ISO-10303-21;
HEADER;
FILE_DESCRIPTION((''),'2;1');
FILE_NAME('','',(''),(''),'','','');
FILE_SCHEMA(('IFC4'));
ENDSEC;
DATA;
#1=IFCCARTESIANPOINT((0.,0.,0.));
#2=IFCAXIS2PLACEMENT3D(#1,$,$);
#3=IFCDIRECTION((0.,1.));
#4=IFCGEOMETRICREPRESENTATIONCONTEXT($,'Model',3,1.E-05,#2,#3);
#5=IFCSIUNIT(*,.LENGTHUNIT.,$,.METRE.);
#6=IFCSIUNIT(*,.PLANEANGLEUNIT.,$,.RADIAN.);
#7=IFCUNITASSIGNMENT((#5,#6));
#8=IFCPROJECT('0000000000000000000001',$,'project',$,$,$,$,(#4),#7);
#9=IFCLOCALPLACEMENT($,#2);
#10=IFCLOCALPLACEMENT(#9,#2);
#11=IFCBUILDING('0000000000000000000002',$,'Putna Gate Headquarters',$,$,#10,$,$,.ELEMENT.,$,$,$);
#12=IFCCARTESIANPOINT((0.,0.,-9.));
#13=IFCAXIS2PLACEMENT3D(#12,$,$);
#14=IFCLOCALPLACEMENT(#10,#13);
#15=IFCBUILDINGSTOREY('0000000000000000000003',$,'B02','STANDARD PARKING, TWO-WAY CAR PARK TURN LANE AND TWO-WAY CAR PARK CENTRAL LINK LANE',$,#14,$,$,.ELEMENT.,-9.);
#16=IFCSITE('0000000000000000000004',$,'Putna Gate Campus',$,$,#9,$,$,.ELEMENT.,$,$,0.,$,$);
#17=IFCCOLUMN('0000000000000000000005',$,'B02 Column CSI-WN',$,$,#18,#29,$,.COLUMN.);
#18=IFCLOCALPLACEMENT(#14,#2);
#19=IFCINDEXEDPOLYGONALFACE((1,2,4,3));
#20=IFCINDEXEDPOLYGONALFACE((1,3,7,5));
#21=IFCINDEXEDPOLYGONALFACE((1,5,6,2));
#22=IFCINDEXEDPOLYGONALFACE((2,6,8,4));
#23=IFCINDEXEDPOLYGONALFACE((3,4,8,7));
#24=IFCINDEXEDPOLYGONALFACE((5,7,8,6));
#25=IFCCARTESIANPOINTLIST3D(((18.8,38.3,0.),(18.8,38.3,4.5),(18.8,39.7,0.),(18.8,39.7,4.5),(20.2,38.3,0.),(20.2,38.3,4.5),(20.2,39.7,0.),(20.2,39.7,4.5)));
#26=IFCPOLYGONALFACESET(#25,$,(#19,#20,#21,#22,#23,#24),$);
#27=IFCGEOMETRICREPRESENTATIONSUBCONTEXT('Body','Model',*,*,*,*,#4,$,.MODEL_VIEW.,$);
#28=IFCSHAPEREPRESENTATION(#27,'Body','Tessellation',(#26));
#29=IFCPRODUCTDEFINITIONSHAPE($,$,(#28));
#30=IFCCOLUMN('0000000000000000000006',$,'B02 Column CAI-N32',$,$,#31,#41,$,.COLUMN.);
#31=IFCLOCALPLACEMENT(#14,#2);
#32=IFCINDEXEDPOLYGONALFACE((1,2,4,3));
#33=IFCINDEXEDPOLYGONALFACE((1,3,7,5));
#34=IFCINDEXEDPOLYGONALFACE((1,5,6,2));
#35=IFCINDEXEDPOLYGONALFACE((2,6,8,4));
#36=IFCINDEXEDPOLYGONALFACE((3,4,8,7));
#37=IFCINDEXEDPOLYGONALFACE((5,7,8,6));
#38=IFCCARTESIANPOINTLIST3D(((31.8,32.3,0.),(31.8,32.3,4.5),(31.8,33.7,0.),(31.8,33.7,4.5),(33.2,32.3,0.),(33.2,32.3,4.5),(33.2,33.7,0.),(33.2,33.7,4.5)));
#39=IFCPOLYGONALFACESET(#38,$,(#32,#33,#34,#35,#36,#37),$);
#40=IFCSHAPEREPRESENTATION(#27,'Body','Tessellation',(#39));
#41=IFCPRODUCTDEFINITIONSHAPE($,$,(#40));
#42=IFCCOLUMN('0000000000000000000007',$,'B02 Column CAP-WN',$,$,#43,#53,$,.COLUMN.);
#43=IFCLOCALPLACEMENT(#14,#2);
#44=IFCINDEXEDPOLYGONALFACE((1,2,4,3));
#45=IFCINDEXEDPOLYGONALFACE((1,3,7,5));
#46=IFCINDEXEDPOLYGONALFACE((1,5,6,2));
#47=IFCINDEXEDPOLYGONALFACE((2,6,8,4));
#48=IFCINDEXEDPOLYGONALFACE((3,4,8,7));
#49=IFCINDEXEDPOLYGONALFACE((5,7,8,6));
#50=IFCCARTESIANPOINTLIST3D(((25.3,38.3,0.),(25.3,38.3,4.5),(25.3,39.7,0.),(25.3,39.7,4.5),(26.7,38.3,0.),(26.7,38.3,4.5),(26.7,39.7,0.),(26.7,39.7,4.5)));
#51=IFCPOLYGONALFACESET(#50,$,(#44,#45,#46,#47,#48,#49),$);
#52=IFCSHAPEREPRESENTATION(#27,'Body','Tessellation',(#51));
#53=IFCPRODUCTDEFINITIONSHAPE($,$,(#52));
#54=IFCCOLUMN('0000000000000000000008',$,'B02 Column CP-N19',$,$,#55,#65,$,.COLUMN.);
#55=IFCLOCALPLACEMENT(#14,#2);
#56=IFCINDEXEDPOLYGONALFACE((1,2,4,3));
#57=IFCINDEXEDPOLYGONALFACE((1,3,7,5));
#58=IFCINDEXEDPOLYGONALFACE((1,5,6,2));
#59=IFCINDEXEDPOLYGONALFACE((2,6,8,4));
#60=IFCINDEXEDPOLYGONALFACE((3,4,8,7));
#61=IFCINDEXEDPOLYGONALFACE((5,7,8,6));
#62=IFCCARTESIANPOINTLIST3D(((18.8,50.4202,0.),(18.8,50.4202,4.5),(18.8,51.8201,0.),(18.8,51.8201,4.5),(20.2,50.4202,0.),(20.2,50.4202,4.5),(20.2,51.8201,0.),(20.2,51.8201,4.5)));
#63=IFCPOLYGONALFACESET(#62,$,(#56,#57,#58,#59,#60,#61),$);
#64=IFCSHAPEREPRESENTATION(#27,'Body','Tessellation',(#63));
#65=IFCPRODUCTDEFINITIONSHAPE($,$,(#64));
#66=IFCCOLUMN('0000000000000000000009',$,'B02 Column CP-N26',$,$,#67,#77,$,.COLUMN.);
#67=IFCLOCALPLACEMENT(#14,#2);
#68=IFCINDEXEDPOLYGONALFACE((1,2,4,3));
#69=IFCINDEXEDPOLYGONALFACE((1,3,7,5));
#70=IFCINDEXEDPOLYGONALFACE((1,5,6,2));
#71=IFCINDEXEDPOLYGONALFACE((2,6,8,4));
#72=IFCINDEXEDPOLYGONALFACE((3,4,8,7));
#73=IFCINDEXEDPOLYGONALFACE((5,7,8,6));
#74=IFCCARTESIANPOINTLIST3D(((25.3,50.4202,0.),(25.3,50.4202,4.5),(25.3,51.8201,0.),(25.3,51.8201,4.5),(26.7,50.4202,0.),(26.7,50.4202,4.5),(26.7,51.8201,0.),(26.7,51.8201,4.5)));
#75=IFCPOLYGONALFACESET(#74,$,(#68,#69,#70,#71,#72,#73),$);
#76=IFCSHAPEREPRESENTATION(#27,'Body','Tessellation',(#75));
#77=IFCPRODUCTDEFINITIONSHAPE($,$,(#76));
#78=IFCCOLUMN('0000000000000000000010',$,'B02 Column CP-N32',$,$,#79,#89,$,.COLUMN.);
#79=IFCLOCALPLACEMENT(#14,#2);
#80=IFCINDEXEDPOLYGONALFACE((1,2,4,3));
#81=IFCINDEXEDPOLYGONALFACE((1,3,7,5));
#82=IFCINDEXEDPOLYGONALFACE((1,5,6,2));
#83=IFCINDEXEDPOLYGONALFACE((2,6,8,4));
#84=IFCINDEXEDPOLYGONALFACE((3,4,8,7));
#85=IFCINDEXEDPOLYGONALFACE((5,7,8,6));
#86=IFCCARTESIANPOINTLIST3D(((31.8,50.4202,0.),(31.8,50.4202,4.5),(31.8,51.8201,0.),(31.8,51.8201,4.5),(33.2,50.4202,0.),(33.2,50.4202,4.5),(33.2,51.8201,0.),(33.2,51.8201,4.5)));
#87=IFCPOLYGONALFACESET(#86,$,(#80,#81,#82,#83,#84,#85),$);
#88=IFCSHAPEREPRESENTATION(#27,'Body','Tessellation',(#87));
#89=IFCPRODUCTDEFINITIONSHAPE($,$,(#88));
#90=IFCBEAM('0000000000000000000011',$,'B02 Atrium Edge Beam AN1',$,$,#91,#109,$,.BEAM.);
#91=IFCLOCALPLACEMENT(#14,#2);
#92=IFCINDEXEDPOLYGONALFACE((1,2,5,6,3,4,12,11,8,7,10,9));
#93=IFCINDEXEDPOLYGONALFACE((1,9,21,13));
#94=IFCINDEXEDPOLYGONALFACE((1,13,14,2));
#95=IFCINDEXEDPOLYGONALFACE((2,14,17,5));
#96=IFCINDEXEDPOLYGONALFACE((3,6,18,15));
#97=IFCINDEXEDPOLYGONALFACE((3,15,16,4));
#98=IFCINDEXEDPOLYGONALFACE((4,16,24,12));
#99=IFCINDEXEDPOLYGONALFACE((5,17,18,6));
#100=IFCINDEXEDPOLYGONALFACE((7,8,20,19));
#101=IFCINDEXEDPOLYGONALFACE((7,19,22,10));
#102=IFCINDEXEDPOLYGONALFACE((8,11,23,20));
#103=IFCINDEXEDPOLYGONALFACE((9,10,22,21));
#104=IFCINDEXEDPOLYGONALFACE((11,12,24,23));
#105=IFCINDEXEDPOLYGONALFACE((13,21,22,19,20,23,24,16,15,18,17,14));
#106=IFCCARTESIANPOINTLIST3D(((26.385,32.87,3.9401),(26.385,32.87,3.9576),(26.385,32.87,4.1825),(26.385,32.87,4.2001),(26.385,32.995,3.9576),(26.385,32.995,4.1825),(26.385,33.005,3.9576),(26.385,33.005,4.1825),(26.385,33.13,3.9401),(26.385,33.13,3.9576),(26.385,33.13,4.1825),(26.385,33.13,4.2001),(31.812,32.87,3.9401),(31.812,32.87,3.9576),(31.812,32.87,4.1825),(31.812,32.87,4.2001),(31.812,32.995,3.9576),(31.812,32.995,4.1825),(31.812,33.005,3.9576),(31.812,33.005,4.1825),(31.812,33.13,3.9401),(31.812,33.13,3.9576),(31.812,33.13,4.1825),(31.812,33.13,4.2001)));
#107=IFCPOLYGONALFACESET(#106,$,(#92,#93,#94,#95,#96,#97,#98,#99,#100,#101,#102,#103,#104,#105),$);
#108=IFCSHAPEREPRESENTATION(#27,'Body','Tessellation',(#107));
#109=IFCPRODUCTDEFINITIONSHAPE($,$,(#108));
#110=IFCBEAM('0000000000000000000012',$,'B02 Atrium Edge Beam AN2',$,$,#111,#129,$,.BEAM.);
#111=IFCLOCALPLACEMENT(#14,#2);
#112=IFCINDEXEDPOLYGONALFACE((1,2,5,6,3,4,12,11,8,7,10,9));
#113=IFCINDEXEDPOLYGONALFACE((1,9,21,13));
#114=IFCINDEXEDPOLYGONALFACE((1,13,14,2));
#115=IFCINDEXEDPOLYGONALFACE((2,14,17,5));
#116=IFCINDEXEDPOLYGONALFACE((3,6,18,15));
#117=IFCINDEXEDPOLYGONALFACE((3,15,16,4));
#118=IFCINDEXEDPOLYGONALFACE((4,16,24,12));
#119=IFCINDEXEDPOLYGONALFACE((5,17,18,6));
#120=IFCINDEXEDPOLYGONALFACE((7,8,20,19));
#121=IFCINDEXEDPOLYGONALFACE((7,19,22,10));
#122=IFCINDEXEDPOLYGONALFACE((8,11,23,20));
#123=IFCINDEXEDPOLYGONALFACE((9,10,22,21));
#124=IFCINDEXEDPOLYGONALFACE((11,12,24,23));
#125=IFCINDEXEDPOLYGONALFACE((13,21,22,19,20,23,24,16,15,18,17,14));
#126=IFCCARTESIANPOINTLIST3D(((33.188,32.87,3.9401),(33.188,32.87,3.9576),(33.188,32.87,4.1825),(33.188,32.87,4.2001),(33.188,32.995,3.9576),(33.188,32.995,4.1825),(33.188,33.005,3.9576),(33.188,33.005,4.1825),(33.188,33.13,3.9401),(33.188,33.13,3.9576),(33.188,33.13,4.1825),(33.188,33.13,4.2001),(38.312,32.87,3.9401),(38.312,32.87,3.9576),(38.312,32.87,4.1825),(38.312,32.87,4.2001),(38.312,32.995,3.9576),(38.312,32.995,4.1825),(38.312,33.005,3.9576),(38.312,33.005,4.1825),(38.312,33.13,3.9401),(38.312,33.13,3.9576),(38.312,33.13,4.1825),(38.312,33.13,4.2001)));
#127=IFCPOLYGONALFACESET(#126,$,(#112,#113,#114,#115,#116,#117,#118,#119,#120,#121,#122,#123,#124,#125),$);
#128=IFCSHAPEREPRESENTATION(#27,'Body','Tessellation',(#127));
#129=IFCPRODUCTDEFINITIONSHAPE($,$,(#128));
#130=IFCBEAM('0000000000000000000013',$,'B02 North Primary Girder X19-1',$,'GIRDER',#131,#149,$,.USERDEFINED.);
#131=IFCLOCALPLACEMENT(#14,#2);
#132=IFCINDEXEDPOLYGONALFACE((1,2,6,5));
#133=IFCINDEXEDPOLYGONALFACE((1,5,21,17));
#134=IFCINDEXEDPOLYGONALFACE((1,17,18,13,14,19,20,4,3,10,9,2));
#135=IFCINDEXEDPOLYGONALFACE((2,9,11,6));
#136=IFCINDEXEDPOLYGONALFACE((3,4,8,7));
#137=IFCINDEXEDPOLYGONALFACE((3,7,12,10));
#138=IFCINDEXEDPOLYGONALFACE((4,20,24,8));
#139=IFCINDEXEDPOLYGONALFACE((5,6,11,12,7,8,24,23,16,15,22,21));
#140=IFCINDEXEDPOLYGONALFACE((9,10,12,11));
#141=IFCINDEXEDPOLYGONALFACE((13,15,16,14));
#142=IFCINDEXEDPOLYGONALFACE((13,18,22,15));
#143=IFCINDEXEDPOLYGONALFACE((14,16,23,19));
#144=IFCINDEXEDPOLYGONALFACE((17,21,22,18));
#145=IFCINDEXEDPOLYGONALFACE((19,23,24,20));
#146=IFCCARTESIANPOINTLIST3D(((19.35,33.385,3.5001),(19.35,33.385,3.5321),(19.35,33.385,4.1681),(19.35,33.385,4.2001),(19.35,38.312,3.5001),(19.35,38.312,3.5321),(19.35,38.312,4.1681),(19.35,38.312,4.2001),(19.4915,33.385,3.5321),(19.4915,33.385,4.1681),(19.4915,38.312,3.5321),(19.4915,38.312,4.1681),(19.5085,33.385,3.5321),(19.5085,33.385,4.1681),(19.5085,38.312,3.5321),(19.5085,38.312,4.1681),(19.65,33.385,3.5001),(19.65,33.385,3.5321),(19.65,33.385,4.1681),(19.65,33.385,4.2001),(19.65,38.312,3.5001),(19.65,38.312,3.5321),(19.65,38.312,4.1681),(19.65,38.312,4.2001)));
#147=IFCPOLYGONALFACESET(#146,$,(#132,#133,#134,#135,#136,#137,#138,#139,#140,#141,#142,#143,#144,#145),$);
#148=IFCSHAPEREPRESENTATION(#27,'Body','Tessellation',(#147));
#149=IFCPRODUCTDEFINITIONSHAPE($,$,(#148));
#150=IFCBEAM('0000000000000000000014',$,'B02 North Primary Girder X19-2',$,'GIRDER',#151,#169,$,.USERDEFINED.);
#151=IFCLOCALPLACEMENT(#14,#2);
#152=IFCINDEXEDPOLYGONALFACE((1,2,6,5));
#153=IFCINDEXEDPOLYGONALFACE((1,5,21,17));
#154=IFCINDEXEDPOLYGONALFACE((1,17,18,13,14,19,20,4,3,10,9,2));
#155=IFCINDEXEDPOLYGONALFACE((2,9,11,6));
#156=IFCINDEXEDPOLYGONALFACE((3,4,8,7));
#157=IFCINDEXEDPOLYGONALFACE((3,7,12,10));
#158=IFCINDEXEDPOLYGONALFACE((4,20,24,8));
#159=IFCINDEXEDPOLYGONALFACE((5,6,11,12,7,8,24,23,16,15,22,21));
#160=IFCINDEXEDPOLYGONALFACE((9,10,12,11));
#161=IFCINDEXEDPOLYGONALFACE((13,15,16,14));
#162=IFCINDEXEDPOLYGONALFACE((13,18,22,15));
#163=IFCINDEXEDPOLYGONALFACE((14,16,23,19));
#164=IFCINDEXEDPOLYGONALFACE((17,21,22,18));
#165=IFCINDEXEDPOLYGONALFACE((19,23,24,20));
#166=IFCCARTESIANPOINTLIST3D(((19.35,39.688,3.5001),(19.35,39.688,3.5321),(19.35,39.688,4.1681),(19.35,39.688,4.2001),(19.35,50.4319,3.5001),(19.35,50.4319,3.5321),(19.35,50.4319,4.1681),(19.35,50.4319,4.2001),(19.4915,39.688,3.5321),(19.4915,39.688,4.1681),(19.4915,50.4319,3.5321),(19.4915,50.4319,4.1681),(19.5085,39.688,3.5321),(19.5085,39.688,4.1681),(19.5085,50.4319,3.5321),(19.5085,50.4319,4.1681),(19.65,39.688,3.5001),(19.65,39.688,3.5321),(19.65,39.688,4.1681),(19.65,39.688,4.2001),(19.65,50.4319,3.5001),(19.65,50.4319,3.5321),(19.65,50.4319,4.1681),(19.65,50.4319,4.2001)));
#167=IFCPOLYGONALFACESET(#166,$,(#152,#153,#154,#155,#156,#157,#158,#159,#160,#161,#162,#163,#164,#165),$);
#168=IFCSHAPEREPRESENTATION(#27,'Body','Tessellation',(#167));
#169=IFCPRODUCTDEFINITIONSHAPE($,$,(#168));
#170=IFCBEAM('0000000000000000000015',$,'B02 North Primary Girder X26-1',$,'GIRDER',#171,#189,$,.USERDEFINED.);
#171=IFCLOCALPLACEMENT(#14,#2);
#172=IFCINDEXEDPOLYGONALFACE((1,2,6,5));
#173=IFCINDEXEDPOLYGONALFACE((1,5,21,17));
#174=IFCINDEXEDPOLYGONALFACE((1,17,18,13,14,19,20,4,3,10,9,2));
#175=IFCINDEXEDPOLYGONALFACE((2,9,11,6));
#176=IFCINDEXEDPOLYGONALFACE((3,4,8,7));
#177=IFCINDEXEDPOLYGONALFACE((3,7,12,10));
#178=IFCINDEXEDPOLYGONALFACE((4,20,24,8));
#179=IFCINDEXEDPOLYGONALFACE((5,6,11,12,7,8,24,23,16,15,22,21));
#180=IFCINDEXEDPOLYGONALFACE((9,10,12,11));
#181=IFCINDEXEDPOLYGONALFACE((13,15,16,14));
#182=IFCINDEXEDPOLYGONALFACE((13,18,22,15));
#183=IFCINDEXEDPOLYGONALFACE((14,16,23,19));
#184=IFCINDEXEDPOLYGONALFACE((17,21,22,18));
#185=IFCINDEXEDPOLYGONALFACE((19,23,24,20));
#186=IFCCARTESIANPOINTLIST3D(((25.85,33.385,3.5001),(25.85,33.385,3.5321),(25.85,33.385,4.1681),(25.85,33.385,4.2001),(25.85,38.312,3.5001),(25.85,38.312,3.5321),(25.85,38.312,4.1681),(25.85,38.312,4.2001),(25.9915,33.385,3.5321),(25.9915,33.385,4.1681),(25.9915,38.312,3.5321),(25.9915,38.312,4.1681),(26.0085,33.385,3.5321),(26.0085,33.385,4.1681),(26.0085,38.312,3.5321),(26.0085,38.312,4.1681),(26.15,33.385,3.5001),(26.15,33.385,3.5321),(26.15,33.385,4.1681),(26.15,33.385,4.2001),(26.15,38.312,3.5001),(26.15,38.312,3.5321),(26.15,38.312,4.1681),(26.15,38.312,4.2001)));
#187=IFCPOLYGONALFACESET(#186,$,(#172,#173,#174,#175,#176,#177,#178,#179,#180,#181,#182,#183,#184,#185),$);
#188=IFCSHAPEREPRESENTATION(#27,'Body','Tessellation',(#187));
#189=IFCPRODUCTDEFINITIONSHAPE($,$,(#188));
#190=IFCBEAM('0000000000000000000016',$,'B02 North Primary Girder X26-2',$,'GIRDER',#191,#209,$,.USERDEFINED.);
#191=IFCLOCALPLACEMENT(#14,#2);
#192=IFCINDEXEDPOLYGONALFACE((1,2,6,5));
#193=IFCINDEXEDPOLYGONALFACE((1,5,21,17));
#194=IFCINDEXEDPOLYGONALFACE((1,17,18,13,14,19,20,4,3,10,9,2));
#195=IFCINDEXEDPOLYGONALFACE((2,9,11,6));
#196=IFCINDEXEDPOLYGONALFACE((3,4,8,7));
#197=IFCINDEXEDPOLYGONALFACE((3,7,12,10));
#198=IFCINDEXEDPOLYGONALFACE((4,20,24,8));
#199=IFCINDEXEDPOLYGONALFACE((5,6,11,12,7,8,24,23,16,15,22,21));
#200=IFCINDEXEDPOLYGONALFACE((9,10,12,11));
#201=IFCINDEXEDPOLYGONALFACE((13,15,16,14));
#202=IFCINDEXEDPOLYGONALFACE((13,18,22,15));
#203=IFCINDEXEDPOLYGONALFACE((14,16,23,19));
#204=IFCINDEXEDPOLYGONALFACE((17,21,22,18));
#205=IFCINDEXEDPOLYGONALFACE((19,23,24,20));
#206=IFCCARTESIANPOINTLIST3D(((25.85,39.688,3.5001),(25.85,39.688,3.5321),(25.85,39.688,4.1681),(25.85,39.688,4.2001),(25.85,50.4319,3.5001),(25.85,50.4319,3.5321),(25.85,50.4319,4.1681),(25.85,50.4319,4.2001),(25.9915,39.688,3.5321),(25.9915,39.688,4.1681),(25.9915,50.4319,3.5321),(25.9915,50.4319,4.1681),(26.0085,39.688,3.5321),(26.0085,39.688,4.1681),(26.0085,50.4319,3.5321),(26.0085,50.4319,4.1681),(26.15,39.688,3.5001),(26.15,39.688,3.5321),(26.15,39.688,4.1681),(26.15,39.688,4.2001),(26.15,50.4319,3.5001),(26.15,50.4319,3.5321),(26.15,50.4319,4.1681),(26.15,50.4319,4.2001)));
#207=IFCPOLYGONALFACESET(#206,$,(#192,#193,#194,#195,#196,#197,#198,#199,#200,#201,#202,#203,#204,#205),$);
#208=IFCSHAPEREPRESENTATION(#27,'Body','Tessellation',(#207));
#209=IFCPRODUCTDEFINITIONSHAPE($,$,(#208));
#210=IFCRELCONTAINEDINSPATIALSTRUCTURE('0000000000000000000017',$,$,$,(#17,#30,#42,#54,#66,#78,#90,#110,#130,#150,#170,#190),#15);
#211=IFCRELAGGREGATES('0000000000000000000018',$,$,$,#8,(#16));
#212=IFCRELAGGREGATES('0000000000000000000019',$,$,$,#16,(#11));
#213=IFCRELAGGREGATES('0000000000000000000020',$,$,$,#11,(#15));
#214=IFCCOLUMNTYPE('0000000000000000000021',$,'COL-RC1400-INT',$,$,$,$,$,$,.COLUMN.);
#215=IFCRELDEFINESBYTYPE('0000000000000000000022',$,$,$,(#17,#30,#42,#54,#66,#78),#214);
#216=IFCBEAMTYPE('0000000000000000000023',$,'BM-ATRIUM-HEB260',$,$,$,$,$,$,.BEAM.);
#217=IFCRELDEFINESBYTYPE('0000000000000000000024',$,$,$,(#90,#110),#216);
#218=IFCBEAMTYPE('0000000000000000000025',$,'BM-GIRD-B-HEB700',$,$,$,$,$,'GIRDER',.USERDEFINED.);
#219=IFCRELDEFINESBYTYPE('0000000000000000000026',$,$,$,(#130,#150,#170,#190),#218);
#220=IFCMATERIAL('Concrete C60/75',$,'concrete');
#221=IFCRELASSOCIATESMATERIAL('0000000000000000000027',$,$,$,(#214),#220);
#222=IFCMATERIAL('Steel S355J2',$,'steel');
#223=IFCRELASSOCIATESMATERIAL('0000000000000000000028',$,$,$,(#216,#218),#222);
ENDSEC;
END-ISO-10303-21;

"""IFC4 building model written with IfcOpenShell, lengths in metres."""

from ifc_helpers import new_model, si_unit, direction, frame, origin, origin_2d, place, context, subcontext, project, spatial, rectangle, i_section, extrude, material, material_profile, profile_set, type_object, element, save


model = new_model("IFC4")

# Units and contexts
model_context = context("Model", 3, precision=1e-05, world=origin(), true_north=direction((0.0, 1.0)))
body_context = subcontext(model_context, "Body", "Model", "MODEL_VIEW")
ifc_project = project(units=[si_unit("LENGTHUNIT", "METRE"), si_unit("PLANEANGLEUNIT", "RADIAN")], contexts=[model_context])

# Site, building, storey
site_placement = place(None, origin())
site = spatial("IfcSite", under=ifc_project, at=site_placement, Name="Putna Gate Campus", CompositionType="ELEMENT", RefElevation=0.0)
building_placement = place(site_placement, origin())
building = spatial("IfcBuilding", under=site, at=building_placement, Name="Putna Gate Headquarters", CompositionType="ELEMENT")
storey_placement = place(building_placement, frame((0.0, 0.0, -9.0)))
storey = spatial("IfcBuildingStorey", under=building, at=storey_placement, Name="B02", Description="STANDARD PARKING, TWO-WAY CAR PARK TURN LANE AND TWO-WAY CAR PARK CENTRAL LINK LANE", CompositionType="ELEMENT", Elevation=-9.0)

# Columns
ifc_material_1 = material(Name="Concrete C60/75", Category="concrete")
ifc_material_profile_1 = material_profile(ifc_material_1, rectangle(XDim=1.3999, YDim=1.3999, at=origin_2d()), Name="Concrete C60/75")
ifc_profile_set_1 = profile_set([ifc_material_profile_1], Name="Concrete C60/75")
column_type = type_object("IfcColumnType", Name="COL-RC1400-INT", PredefinedType="COLUMN", material=ifc_profile_set_1)
for number, where, z_axis, x_axis, name in (
    (1, (19.5, 39.0, 0.0), (0.0, 0.0, 1.0), (1.0, 0.0, 0.0), "B02 Column CSI-WN"),
    (2, (32.5, 33.0, 0.0), (0.0, 0.0, 1.0), (1.0, 0.0, 0.0), "B02 Column CAI-N32"),
    (3, (26.0, 39.0, 0.0), (0.0, 0.0, 1.0), (1.0, 0.0, 0.0), "B02 Column CAP-WN"),
    (4, (19.5, 51.1201, 0.0), (0.0, 0.0, 1.0), (1.0, 0.0, 0.0), "B02 Column CP-N19"),
    (5, (26.0, 51.1201, 0.0), (0.0, 0.0, 1.0), (1.0, 0.0, 0.0), "B02 Column CP-N26"),
    (6, (32.5, 51.1201, 0.0), (0.0, 0.0, 1.0), (1.0, 0.0, 0.0), "B02 Column CP-N32"),
):
    element("IfcColumn", number, at=place(storey_placement, frame(where, z_axis=z_axis, x_axis=x_axis)), inside=storey, type_object=column_type, Name=name, PredefinedType="COLUMN", context=body_context, shape_type="SweptSolid", body=[
        extrude(rectangle(XDim=1.3999, YDim=1.3999, at=origin_2d()), origin(), (0.0, 0.0, 1.0), 4.5),
    ])

# Beams
ifc_material_2 = material(Name="Steel S355J2", Category="steel")
ifc_material_profile_2 = material_profile(ifc_material_2, i_section(OverallWidth=0.26, OverallDepth=0.26, WebThickness=0.01, FlangeThickness=0.0176, at=origin_2d()), Name="Steel S355J2")
ifc_profile_set_2 = profile_set([ifc_material_profile_2], Name="Steel S355J2")
beam_type_1 = type_object("IfcBeamType", Name="BM-ATRIUM-HEB260", PredefinedType="BEAM", material=ifc_profile_set_2)
beam_1_placement = place(storey_placement, frame((26.385, 33.0, 4.0701), z_axis=(1.0, 0.0, 0.0), x_axis=(0.0, 1.0, 0.0)))
element("IfcBeam", 7, at=beam_1_placement, inside=storey, type_object=beam_type_1, Name="B02 Atrium Edge Beam AN1", PredefinedType="BEAM", context=body_context, shape_type="SweptSolid", body=[
    extrude(i_section(OverallWidth=0.26, OverallDepth=0.26, WebThickness=0.01, FlangeThickness=0.0176, at=origin_2d()), origin(), (0.0, 0.0, 1.0), 5.427),
])
beam_2_placement = place(storey_placement, frame((33.188, 33.0, 4.0701), z_axis=(1.0, 0.0, 0.0), x_axis=(0.0, 1.0, 0.0)))
element("IfcBeam", 8, at=beam_2_placement, inside=storey, type_object=beam_type_1, Name="B02 Atrium Edge Beam AN2", PredefinedType="BEAM", context=body_context, shape_type="SweptSolid", body=[
    extrude(i_section(OverallWidth=0.26, OverallDepth=0.26, WebThickness=0.01, FlangeThickness=0.0176, at=origin_2d()), origin(), (0.0, 0.0, 1.0), 5.124),
])
ifc_material_profile_3 = material_profile(ifc_material_2, i_section(OverallWidth=0.3, OverallDepth=0.7, WebThickness=0.0171, FlangeThickness=0.032, at=origin_2d()), Name="Steel S355J2")
ifc_profile_set_3 = profile_set([ifc_material_profile_3], Name="Steel S355J2")
beam_type_2 = type_object("IfcBeamType", Name="BM-GIRD-B-HEB700", ElementType="GIRDER", PredefinedType="USERDEFINED", material=ifc_profile_set_3)
beam_3_placement = place(storey_placement, frame((19.5, 33.385, 3.8501), z_axis=(0.0, 1.0, 0.0), x_axis=(-1.0, 0.0, 0.0)))
element("IfcBeam", 9, at=beam_3_placement, inside=storey, type_object=beam_type_2, Name="B02 North Primary Girder X19-1", ObjectType="GIRDER", PredefinedType="USERDEFINED", context=body_context, shape_type="SweptSolid", body=[
    extrude(i_section(OverallWidth=0.3, OverallDepth=0.7, WebThickness=0.0171, FlangeThickness=0.032, at=origin_2d()), origin(), (0.0, 0.0, 1.0), 4.927),
])
beam_4_placement = place(storey_placement, frame((19.5, 39.688, 3.8501), z_axis=(0.0, 1.0, 0.0), x_axis=(-1.0, 0.0, 0.0)))
element("IfcBeam", 10, at=beam_4_placement, inside=storey, type_object=beam_type_2, Name="B02 North Primary Girder X19-2", ObjectType="GIRDER", PredefinedType="USERDEFINED", context=body_context, shape_type="SweptSolid", body=[
    extrude(i_section(OverallWidth=0.3, OverallDepth=0.7, WebThickness=0.0171, FlangeThickness=0.032, at=origin_2d()), origin(), (0.0, 0.0, 1.0), 10.7439),
])
beam_5_placement = place(storey_placement, frame((26.0, 33.385, 3.8501), z_axis=(0.0, 1.0, 0.0), x_axis=(-1.0, 0.0, 0.0)))
element("IfcBeam", 11, at=beam_5_placement, inside=storey, type_object=beam_type_2, Name="B02 North Primary Girder X26-1", ObjectType="GIRDER", PredefinedType="USERDEFINED", context=body_context, shape_type="SweptSolid", body=[
    extrude(i_section(OverallWidth=0.3, OverallDepth=0.7, WebThickness=0.0171, FlangeThickness=0.032, at=origin_2d()), origin(), (0.0, 0.0, 1.0), 4.927),
])
beam_6_placement = place(storey_placement, frame((26.0, 39.688, 3.8501), z_axis=(0.0, 1.0, 0.0), x_axis=(-1.0, 0.0, 0.0)))
element("IfcBeam", 12, at=beam_6_placement, inside=storey, type_object=beam_type_2, Name="B02 North Primary Girder X26-2", ObjectType="GIRDER", PredefinedType="USERDEFINED", context=body_context, shape_type="SweptSolid", body=[
    extrude(i_section(OverallWidth=0.3, OverallDepth=0.7, WebThickness=0.0171, FlangeThickness=0.032, at=origin_2d()), origin(), (0.0, 0.0, 1.0), 10.7439),
])

save(model, "model.ifc")
